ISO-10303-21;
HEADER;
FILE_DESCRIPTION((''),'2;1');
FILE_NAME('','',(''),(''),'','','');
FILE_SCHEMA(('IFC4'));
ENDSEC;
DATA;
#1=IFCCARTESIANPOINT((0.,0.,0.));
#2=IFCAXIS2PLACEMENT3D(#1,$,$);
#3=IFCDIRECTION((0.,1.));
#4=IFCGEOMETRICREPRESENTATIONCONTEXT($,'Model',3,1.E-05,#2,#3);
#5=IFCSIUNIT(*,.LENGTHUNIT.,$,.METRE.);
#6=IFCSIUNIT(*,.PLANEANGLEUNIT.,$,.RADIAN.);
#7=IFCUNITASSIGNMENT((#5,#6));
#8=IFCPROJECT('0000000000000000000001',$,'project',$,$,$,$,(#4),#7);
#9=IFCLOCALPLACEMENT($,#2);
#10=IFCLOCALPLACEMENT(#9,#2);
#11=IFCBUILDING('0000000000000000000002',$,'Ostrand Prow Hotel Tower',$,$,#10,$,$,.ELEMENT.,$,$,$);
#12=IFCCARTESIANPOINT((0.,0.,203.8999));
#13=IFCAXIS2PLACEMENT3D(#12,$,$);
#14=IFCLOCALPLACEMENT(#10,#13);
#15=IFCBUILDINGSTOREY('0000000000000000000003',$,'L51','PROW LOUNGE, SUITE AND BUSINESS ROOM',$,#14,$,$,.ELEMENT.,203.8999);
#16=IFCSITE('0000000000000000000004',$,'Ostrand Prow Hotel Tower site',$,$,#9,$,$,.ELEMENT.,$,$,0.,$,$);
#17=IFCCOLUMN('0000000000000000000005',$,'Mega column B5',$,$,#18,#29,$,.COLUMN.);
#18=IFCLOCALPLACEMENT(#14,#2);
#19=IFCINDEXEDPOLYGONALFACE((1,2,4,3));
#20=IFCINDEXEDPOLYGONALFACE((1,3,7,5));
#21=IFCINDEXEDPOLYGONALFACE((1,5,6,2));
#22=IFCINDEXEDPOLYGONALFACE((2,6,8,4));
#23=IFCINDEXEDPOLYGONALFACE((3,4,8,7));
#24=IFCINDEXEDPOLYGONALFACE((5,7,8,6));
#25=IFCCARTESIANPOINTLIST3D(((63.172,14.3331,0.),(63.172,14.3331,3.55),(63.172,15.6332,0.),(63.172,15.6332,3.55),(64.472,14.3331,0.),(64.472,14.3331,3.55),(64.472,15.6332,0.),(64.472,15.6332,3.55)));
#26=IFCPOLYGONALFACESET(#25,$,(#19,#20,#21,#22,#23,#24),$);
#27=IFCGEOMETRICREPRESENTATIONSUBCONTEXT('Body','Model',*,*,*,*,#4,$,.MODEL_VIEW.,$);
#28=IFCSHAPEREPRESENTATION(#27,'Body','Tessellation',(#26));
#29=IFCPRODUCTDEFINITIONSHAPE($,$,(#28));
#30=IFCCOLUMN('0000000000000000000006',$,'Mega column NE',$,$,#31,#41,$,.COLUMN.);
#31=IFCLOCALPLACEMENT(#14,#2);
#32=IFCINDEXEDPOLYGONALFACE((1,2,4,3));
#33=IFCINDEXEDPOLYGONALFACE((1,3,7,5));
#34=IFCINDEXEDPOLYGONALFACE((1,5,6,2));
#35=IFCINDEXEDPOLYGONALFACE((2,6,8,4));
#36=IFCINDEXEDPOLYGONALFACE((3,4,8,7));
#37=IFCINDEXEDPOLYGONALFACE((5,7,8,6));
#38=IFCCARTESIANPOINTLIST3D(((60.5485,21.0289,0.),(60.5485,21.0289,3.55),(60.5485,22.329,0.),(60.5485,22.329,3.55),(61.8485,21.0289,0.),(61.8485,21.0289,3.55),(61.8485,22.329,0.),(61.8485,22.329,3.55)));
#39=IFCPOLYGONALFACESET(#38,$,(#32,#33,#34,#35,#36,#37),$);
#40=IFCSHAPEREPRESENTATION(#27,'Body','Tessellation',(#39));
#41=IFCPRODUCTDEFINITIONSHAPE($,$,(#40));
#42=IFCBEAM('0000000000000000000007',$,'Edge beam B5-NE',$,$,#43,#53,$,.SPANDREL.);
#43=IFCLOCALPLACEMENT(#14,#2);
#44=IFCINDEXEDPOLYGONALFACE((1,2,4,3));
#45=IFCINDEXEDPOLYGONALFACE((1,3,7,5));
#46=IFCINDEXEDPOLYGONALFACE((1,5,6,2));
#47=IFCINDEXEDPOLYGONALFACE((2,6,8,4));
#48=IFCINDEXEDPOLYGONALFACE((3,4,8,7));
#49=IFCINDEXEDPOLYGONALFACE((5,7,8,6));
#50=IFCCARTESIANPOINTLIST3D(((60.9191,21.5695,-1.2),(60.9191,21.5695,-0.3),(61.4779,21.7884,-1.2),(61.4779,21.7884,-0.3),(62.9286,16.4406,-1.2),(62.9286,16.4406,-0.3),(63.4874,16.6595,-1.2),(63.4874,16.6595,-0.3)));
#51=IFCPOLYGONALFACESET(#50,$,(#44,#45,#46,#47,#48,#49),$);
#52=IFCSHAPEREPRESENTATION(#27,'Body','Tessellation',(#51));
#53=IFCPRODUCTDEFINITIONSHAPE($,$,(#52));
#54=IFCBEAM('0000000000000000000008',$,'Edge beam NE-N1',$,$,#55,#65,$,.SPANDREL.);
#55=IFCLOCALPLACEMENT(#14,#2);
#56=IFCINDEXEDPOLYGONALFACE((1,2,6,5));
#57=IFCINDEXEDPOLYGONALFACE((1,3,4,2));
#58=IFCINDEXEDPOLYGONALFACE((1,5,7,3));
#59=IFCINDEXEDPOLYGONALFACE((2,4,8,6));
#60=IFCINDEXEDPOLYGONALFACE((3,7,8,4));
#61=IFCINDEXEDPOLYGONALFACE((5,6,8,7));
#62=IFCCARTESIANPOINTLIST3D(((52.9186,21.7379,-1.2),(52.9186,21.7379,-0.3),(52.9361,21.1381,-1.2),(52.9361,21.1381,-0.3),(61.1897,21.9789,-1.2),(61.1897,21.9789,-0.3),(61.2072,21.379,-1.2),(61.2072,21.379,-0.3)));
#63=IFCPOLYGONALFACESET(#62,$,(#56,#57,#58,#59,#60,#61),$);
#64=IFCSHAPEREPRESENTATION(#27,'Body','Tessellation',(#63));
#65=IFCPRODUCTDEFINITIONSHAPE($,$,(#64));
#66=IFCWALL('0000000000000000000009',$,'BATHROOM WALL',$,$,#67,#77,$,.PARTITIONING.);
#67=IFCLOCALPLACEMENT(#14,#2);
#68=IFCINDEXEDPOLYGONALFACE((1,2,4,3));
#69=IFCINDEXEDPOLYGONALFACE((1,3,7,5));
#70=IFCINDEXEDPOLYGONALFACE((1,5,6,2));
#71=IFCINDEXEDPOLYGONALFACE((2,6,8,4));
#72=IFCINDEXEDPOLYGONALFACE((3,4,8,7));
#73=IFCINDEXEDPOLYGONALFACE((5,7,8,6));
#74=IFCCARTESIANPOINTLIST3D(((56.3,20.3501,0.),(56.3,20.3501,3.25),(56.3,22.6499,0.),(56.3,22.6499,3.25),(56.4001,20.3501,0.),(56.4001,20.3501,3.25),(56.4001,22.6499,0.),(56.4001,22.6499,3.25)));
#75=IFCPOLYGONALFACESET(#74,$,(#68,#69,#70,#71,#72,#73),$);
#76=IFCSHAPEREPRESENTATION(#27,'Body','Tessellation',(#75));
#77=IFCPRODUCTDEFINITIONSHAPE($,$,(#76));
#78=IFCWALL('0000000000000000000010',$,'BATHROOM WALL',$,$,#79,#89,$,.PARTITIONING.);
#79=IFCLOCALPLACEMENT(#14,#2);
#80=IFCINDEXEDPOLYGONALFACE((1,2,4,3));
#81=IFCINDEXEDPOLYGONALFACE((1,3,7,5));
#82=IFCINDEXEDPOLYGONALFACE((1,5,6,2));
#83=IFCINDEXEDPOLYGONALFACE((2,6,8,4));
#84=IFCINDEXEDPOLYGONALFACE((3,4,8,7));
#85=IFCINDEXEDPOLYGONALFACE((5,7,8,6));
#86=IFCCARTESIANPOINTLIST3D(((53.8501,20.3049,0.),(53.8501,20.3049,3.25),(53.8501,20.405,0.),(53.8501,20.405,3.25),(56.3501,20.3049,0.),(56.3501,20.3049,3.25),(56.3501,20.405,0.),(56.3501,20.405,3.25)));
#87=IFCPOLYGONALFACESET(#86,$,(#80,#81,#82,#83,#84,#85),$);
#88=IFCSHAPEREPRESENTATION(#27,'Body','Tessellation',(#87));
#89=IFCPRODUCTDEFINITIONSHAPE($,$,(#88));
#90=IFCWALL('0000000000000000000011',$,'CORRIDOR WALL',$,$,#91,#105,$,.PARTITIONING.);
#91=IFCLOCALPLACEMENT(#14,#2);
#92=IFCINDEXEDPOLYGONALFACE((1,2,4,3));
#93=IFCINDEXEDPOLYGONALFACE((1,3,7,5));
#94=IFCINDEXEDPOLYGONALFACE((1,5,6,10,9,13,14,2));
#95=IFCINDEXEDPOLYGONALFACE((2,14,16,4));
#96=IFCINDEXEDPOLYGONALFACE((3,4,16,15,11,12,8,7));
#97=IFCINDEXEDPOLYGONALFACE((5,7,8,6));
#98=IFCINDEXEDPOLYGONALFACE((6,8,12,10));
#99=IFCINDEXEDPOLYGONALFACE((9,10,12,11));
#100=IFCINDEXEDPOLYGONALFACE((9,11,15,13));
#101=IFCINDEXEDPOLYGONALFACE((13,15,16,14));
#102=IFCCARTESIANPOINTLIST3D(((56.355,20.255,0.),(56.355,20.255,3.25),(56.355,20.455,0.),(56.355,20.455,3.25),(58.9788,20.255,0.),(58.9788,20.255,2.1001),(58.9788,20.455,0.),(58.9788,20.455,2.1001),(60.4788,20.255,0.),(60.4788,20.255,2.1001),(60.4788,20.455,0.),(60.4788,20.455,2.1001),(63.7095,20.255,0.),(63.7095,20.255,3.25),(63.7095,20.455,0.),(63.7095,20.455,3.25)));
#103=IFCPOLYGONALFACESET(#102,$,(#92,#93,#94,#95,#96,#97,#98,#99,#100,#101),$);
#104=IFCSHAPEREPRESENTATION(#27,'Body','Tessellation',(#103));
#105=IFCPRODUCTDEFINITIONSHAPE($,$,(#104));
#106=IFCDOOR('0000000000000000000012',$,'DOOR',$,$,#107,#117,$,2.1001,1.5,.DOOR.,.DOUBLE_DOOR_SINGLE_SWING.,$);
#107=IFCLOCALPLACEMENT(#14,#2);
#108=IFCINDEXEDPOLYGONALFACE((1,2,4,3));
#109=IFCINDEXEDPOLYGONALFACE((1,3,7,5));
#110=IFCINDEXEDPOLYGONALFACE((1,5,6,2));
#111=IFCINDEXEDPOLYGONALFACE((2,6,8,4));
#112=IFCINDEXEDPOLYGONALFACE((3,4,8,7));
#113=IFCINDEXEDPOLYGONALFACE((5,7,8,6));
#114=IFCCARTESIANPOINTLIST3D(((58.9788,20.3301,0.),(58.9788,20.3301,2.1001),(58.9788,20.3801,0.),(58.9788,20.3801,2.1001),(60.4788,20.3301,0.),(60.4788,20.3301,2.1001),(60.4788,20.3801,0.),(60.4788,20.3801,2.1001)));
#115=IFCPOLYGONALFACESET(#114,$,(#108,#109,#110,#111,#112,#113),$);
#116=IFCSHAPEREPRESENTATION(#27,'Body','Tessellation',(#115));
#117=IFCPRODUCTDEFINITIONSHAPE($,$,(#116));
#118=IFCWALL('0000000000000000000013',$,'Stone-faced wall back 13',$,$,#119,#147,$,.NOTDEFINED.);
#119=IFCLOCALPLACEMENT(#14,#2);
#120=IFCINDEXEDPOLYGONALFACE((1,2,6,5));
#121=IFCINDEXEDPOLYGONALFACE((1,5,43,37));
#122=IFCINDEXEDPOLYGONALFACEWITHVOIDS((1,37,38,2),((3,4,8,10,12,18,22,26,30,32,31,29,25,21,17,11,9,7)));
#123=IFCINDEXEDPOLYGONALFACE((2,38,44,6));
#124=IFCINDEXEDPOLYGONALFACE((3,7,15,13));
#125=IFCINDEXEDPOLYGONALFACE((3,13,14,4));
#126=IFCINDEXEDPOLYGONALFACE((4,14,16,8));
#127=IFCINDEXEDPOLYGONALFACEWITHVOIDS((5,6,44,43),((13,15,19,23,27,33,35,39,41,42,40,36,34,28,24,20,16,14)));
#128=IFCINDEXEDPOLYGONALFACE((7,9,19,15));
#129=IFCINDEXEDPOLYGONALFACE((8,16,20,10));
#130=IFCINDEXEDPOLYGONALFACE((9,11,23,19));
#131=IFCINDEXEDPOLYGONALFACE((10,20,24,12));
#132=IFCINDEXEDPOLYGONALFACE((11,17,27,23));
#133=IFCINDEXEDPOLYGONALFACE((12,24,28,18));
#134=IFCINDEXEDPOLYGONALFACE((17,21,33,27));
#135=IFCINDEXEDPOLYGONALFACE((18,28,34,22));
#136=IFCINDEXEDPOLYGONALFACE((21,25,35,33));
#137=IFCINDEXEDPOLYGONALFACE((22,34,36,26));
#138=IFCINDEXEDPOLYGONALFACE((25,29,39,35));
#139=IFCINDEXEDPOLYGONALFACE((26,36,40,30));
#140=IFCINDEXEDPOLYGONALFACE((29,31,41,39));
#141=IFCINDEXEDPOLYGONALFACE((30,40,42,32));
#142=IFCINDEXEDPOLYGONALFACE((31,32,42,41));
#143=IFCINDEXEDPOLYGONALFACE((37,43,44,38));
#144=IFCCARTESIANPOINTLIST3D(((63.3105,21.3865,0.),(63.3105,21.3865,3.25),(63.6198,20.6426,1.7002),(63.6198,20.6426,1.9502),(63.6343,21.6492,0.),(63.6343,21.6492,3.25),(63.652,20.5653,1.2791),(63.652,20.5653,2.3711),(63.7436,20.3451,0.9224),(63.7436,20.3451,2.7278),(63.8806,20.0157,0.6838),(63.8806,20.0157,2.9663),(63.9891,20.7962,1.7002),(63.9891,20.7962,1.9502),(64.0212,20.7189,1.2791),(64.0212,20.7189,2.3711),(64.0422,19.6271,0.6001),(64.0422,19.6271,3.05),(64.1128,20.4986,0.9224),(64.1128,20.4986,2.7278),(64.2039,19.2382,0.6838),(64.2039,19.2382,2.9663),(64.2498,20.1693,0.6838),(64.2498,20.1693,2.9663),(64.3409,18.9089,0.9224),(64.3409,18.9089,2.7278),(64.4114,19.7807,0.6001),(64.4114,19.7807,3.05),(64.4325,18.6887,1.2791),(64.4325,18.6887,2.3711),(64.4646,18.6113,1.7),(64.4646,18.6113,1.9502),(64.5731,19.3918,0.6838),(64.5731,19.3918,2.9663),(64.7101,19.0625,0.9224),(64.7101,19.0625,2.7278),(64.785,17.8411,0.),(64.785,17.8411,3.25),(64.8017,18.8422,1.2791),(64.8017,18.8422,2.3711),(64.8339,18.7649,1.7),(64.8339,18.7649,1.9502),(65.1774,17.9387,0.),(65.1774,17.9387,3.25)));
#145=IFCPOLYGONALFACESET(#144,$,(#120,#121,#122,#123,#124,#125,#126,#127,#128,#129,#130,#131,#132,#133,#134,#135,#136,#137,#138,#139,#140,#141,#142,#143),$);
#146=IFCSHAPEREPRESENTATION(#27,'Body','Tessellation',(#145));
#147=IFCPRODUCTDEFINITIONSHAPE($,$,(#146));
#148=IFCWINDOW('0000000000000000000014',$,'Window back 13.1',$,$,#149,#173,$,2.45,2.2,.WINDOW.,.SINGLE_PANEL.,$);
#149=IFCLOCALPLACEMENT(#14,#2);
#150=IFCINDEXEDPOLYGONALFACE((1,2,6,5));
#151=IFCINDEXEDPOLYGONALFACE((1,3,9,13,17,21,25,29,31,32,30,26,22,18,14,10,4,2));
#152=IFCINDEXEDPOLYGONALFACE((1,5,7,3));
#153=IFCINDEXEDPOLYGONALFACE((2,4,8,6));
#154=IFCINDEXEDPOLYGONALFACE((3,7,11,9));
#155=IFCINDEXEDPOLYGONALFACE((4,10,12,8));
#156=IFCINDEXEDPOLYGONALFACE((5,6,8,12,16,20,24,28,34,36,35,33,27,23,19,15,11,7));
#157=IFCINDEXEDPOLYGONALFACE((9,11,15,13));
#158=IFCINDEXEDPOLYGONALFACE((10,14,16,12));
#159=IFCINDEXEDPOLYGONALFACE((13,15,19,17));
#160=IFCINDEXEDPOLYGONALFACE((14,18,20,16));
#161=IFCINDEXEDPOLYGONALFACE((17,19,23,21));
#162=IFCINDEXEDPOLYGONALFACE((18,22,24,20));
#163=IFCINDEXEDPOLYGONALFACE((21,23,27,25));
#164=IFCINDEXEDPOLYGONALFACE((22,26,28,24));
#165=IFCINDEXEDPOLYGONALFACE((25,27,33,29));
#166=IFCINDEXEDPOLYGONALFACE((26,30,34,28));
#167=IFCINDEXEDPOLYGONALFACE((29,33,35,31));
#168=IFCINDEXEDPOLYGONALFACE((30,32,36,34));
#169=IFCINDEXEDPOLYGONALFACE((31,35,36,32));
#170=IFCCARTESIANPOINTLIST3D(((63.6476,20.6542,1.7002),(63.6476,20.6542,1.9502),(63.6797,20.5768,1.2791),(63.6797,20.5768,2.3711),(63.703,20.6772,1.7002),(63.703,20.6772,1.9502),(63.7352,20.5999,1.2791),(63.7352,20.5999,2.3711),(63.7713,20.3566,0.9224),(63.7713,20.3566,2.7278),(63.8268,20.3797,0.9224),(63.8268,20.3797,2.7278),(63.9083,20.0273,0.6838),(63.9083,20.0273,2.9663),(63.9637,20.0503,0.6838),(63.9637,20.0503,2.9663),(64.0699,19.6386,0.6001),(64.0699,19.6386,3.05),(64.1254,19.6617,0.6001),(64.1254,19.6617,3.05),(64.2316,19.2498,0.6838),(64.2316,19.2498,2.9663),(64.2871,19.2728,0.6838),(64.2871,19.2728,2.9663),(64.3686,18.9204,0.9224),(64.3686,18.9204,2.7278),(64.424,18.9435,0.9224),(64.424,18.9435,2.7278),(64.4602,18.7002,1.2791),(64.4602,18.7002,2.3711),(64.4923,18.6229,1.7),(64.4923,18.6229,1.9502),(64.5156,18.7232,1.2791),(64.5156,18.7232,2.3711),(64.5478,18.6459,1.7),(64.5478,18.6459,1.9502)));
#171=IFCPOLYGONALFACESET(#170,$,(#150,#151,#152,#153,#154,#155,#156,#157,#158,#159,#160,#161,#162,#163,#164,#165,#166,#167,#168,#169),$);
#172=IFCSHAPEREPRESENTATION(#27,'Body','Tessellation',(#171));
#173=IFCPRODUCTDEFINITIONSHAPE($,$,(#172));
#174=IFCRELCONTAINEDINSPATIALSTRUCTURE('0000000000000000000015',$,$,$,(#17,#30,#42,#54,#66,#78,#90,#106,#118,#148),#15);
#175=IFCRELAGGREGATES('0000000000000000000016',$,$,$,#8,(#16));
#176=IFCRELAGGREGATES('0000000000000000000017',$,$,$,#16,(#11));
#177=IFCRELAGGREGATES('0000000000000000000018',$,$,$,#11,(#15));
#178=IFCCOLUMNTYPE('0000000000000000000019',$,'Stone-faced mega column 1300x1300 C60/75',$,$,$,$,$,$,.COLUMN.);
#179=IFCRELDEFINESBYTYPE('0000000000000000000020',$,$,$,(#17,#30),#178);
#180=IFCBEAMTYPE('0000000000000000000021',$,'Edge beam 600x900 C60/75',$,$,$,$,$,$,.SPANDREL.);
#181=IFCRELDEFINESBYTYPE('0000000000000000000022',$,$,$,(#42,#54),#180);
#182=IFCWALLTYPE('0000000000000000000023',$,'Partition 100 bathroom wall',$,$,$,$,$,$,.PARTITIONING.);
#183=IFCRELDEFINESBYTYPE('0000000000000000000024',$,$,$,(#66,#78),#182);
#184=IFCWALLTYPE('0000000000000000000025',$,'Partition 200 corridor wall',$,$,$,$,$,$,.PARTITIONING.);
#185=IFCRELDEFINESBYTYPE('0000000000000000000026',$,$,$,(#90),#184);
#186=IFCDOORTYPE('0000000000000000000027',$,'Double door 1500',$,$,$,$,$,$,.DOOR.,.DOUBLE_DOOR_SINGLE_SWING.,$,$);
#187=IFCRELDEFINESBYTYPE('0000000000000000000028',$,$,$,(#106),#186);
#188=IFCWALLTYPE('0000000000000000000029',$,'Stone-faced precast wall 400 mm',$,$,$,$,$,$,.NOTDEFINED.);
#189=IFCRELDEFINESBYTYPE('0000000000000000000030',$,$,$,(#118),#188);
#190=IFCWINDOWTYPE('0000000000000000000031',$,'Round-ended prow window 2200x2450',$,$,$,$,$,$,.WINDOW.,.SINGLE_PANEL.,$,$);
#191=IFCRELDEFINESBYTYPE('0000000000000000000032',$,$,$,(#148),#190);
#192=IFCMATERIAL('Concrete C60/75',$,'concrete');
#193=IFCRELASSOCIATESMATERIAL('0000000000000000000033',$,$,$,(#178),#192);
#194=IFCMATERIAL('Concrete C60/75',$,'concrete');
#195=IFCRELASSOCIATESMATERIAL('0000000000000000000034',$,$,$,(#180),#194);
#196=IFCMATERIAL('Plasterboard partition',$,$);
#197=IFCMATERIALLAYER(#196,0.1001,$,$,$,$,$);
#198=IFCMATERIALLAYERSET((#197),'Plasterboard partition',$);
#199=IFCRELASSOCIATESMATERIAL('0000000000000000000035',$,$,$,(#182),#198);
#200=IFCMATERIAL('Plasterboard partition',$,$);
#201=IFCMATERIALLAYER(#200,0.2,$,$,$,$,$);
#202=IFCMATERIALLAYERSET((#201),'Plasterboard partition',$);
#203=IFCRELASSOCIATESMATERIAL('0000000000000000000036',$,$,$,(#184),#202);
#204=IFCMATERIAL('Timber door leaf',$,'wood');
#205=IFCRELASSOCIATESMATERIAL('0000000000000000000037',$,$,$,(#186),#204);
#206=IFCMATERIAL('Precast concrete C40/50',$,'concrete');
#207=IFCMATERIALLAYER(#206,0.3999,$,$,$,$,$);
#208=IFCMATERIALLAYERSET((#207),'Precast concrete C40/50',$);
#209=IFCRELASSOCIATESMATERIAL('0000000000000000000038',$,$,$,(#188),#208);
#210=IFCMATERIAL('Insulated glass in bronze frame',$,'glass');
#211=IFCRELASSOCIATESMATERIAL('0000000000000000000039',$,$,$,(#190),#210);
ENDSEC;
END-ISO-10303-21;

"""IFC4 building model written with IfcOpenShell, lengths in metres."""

from ifc_helpers import new_model, si_unit, direction, frame, frame_2d, origin, origin_2d, place, context, subcontext, project, spatial, polyline, rectangle, outline, extrude, material, layer, layer_set, material_profile, profile_set, type_object, element, fill, save


model = new_model("IFC4")

# Units and contexts
model_context = context("Model", 3, precision=1e-05, world=origin(), true_north=direction((0.0, 1.0)))
body_context = subcontext(model_context, "Body", "Model", "MODEL_VIEW")
ifc_project = project(units=[si_unit("LENGTHUNIT", "METRE"), si_unit("PLANEANGLEUNIT", "RADIAN")], contexts=[model_context])

# Site, building, storey
site_placement = place(None, origin())
site = spatial("IfcSite", under=ifc_project, at=site_placement, Name="Ostrand Prow Hotel Tower site", CompositionType="ELEMENT", RefElevation=0.0)
building_placement = place(site_placement, origin())
building = spatial("IfcBuilding", under=site, at=building_placement, Name="Ostrand Prow Hotel Tower", CompositionType="ELEMENT")
storey_placement = place(building_placement, frame((0.0, 0.0, 203.8999)))
storey = spatial("IfcBuildingStorey", under=building, at=storey_placement, Name="L51", Description="PROW LOUNGE, SUITE AND BUSINESS ROOM", CompositionType="ELEMENT", Elevation=203.8999)

# Columns
ifc_material_1 = material(Name="Concrete C60/75", Category="concrete")
ifc_material_profile_1 = material_profile(ifc_material_1, rectangle(XDim=1.3, YDim=1.3, at=origin_2d()), Name="RC 1300x1300")
ifc_profile_set_1 = profile_set([ifc_material_profile_1], Name="Concrete C60/75")
column_type = type_object("IfcColumnType", Name="Stone-faced mega column 1300x1300 C60/75", PredefinedType="COLUMN", material=ifc_profile_set_1)
for number, where, z_axis, x_axis, name in (
    (1, (63.822, 14.9832, 0.0), (0.0, 0.0, 1.0), (1.0, 0.0, 0.0), "Mega column B5"),
    (2, (61.1985, 21.679, 0.0), (0.0, 0.0, 1.0), (1.0, 0.0, 0.0), "Mega column NE"),
):
    element("IfcColumn", number, at=place(storey_placement, frame(where, z_axis=z_axis, x_axis=x_axis)), inside=storey, type_object=column_type, Name=name, PredefinedType="COLUMN", context=body_context, shape_type="SweptSolid", body=[
        extrude(rectangle(XDim=1.3, YDim=1.3, at=origin_2d()), origin(), (0.0, 0.0, 1.0), 3.55),
    ])

# Beams
ifc_material_2 = material(Name="Concrete C60/75", Category="concrete")
ifc_material_profile_2 = material_profile(ifc_material_2, rectangle(XDim=0.6001, YDim=0.8999, at=origin_2d()), Name="RC 600x900")
ifc_profile_set_2 = profile_set([ifc_material_profile_2], Name="Concrete C60/75")
beam_type = type_object("IfcBeamType", Name="Edge beam 600x900 C60/75", PredefinedType="SPANDREL", material=ifc_profile_set_2)
beam_1_placement = place(storey_placement, frame((63.208, 16.55, -0.75), z_axis=(-0.364802, 0.931085, 0.0), x_axis=(-0.931085, -0.364802, 0.0)))
element("IfcBeam", 3, at=beam_1_placement, inside=storey, type_object=beam_type, Name="Edge beam B5-NE", PredefinedType="SPANDREL", context=body_context, shape_type="SweptSolid", body=[
    extrude(rectangle(XDim=0.6001, YDim=0.8999, at=origin_2d()), origin(), (0.0, 0.0, 1.0), 5.5085),
])
beam_2_placement = place(storey_placement, frame((61.1985, 21.679, -0.75), z_axis=(-0.999576, -0.029121, 0.0), x_axis=(0.029121, -0.999576, 0.0)))
element("IfcBeam", 4, at=beam_2_placement, inside=storey, type_object=beam_type, Name="Edge beam NE-N1", PredefinedType="SPANDREL", context=body_context, shape_type="SweptSolid", body=[
    extrude(rectangle(XDim=0.6001, YDim=0.8999, at=origin_2d()), origin(), (0.0, 0.0, 1.0), 8.2747),
])

# Walls
ifc_material_3 = material(Name="Plasterboard partition")
ifc_layer_1 = layer(ifc_material_3, 0.1001)
ifc_layer_set_1 = layer_set([ifc_layer_1], Name="Plasterboard partition")
wall_type_1 = type_object("IfcWallType", Name="Partition 100 bathroom wall", PredefinedType="PARTITIONING", material=ifc_layer_set_1)
wall_1_placement = place(storey_placement, frame((56.3501, 22.6499, 0.0), z_axis=(0.0, 0.0, 1.0), x_axis=(0.0, -1.0, 0.0)))
element("IfcWall", 5, at=wall_1_placement, inside=storey, type_object=wall_type_1, Name="BATHROOM WALL", PredefinedType="PARTITIONING", context=body_context, shape_type="SweptSolid", body=[
    extrude(rectangle(XDim=2.2998, YDim=0.1001, at=frame_2d((1.1499, 0.0))), origin(), (0.0, 0.0, 1.0), 3.25),
])
wall_2_placement = place(storey_placement, frame((56.3501, 20.355, 0.0), z_axis=(0.0, 0.0, 1.0), x_axis=(-1.0, 0.0, 0.0)))
element("IfcWall", 6, at=wall_2_placement, inside=storey, type_object=wall_type_1, Name="BATHROOM WALL", PredefinedType="PARTITIONING", context=body_context, shape_type="SweptSolid", body=[
    extrude(rectangle(XDim=2.5, YDim=0.1001, at=frame_2d((1.25, 0.0))), origin(), (0.0, 0.0, 1.0), 3.25),
])

# Wall, opening, door
ifc_material_4 = material(Name="Plasterboard partition")
ifc_layer_2 = layer(ifc_material_4, 0.2)
ifc_layer_set_2 = layer_set([ifc_layer_2], Name="Plasterboard partition")
wall_type_2 = type_object("IfcWallType", Name="Partition 200 corridor wall", PredefinedType="PARTITIONING", material=ifc_layer_set_2)
wall_3_placement = place(storey_placement, frame((63.7095, 20.355, 0.0), z_axis=(0.0, 0.0, 1.0), x_axis=(-1.0, 0.0, 0.0)))
wall_3 = element("IfcWall", 7, at=wall_3_placement, inside=storey, type_object=wall_type_2, Name="CORRIDOR WALL", PredefinedType="PARTITIONING", context=body_context, shape_type="SweptSolid", body=[
    extrude(rectangle(XDim=7.3545, YDim=0.2, at=frame_2d((3.6772, 0.0))), origin(), (0.0, 0.0, 1.0), 3.25),
])
opening_1_placement = place(wall_3_placement, frame((3.2307, 0.0, 0.0)))
opening_1 = element("IfcOpeningElement", 8, at=opening_1_placement, cuts=wall_3, PredefinedType="OPENING", context=body_context, shape_type="SweptSolid", body=[
    extrude(rectangle(XDim=1.5, YDim=2.1001, at=frame_2d((0.75, 1.05))), frame((0.0, 0.1099, 0.0), z_axis=(0.0, -1.0, 0.0), x_axis=(1.0, 0.0, 0.0)), (0.0, 0.0, 1.0), 0.22),
])
ifc_material_5 = material(Name="Timber door leaf", Category="wood")
door_type = type_object("IfcDoorType", Name="Double door 1500", OperationType="DOUBLE_DOOR_SINGLE_SWING", PredefinedType="DOOR", material=ifc_material_5)
door_placement = place(opening_1_placement, origin())
door = element("IfcDoor", 9, at=door_placement, inside=storey, type_object=door_type, Name="DOOR", OperationType="DOUBLE_DOOR_SINGLE_SWING", OverallHeight=2.1001, OverallWidth=1.5, PredefinedType="DOOR", context=body_context, shape_type="SweptSolid", body=[
    extrude(rectangle(XDim=1.5, YDim=2.1001, at=frame_2d((0.75, 1.05))), frame((0.0, 0.0249, 0.0), z_axis=(0.0, -1.0, 0.0), x_axis=(1.0, 0.0, 0.0)), (0.0, 0.0, 1.0), 0.05),
])
fill(opening_1, door)

# Wall, opening, window
ifc_material_6 = material(Name="Precast concrete C40/50", Category="concrete")
ifc_layer_3 = layer(ifc_material_6, 0.3999)
ifc_layer_set_3 = layer_set([ifc_layer_3], Name="Precast concrete C40/50")
wall_type_3 = type_object("IfcWallType", Name="Stone-faced precast wall 400 mm", PredefinedType="NOTDEFINED", material=ifc_layer_set_3)
wall_4_placement = place(storey_placement, frame((64.9812, 17.8899, 0.0), z_axis=(0.0, 0.0, 1.0), x_axis=(-0.383998, 0.923334, 0.0)))
wall_4 = element("IfcWall", 10, at=wall_4_placement, inside=storey, type_object=wall_type_3, Name="Stone-faced wall back 13", PredefinedType="NOTDEFINED", context=body_context, shape_type="SweptSolid", body=[
    extrude(outline(polyline([(-0.0303, -0.2), (3.9883, -0.2), (3.8701, 0.2), (0.0303, 0.2), (-0.0303, -0.2)])), origin(), (0.0, 0.0, 1.0), 3.25),
])
opening_2_placement = place(wall_4_placement, frame((0.8645, 0.0, 0.6001)))
opening_2 = element("IfcOpeningElement", 11, at=opening_2_placement, cuts=wall_4, PredefinedType="OPENING", context=body_context, shape_type="SweptSolid", body=[
    extrude(outline(polyline([(0.0, 1.3501), (0.0837, 1.771), (0.3223, 2.1277), (0.679, 2.3662), (1.1001, 2.45), (1.521, 2.3662), (1.8777, 2.1277), (2.1162, 1.771), (2.2, 1.3501), (2.2, 1.1001), (2.1162, 0.679), (1.8777, 0.3223), (1.521, 0.0837), (1.1001, 0.0), (0.679, 0.0837), (0.3223, 0.3223), (0.0837, 0.679), (0.0, 1.0999), (0.0, 1.3501)])), frame((0.0, 0.21, 0.0), z_axis=(0.0, -1.0, 0.0), x_axis=(1.0, 0.0, 0.0)), (0.0, 0.0, 1.0), 0.4199),
])
ifc_material_7 = material(Name="Insulated glass in bronze frame", Category="glass")
window_type_1 = type_object("IfcWindowType", Name="Round-ended prow window 2200x2450", PartitioningType="SINGLE_PANEL", PredefinedType="WINDOW", material=ifc_material_7)
window_1_placement = place(opening_2_placement, origin())
window_1 = element("IfcWindow", 12, at=window_1_placement, inside=storey, type_object=window_type_1, Name="Window back 13.1", OverallHeight=2.45, OverallWidth=2.2, PartitioningType="SINGLE_PANEL", PredefinedType="WINDOW", context=body_context, shape_type="SweptSolid", body=[
    extrude(outline(polyline([(0.0, 1.3501), (0.0837, 1.771), (0.3223, 2.1277), (0.679, 2.3662), (1.1001, 2.45), (1.521, 2.3662), (1.8777, 2.1277), (2.1162, 1.771), (2.2, 1.3501), (2.2, 1.1001), (2.1162, 0.679), (1.8777, 0.3223), (1.521, 0.0837), (1.1001, 0.0), (0.679, 0.0837), (0.3223, 0.3223), (0.0837, 0.679), (0.0, 1.0999), (0.0, 1.3501)])), frame((0.0, 0.1699, 0.0), z_axis=(0.0, -1.0, 0.0), x_axis=(1.0, 0.0, 0.0)), (0.0, 0.0, 1.0), 0.0601),
])
fill(opening_2, window_1)

save(model, "model.ifc")
